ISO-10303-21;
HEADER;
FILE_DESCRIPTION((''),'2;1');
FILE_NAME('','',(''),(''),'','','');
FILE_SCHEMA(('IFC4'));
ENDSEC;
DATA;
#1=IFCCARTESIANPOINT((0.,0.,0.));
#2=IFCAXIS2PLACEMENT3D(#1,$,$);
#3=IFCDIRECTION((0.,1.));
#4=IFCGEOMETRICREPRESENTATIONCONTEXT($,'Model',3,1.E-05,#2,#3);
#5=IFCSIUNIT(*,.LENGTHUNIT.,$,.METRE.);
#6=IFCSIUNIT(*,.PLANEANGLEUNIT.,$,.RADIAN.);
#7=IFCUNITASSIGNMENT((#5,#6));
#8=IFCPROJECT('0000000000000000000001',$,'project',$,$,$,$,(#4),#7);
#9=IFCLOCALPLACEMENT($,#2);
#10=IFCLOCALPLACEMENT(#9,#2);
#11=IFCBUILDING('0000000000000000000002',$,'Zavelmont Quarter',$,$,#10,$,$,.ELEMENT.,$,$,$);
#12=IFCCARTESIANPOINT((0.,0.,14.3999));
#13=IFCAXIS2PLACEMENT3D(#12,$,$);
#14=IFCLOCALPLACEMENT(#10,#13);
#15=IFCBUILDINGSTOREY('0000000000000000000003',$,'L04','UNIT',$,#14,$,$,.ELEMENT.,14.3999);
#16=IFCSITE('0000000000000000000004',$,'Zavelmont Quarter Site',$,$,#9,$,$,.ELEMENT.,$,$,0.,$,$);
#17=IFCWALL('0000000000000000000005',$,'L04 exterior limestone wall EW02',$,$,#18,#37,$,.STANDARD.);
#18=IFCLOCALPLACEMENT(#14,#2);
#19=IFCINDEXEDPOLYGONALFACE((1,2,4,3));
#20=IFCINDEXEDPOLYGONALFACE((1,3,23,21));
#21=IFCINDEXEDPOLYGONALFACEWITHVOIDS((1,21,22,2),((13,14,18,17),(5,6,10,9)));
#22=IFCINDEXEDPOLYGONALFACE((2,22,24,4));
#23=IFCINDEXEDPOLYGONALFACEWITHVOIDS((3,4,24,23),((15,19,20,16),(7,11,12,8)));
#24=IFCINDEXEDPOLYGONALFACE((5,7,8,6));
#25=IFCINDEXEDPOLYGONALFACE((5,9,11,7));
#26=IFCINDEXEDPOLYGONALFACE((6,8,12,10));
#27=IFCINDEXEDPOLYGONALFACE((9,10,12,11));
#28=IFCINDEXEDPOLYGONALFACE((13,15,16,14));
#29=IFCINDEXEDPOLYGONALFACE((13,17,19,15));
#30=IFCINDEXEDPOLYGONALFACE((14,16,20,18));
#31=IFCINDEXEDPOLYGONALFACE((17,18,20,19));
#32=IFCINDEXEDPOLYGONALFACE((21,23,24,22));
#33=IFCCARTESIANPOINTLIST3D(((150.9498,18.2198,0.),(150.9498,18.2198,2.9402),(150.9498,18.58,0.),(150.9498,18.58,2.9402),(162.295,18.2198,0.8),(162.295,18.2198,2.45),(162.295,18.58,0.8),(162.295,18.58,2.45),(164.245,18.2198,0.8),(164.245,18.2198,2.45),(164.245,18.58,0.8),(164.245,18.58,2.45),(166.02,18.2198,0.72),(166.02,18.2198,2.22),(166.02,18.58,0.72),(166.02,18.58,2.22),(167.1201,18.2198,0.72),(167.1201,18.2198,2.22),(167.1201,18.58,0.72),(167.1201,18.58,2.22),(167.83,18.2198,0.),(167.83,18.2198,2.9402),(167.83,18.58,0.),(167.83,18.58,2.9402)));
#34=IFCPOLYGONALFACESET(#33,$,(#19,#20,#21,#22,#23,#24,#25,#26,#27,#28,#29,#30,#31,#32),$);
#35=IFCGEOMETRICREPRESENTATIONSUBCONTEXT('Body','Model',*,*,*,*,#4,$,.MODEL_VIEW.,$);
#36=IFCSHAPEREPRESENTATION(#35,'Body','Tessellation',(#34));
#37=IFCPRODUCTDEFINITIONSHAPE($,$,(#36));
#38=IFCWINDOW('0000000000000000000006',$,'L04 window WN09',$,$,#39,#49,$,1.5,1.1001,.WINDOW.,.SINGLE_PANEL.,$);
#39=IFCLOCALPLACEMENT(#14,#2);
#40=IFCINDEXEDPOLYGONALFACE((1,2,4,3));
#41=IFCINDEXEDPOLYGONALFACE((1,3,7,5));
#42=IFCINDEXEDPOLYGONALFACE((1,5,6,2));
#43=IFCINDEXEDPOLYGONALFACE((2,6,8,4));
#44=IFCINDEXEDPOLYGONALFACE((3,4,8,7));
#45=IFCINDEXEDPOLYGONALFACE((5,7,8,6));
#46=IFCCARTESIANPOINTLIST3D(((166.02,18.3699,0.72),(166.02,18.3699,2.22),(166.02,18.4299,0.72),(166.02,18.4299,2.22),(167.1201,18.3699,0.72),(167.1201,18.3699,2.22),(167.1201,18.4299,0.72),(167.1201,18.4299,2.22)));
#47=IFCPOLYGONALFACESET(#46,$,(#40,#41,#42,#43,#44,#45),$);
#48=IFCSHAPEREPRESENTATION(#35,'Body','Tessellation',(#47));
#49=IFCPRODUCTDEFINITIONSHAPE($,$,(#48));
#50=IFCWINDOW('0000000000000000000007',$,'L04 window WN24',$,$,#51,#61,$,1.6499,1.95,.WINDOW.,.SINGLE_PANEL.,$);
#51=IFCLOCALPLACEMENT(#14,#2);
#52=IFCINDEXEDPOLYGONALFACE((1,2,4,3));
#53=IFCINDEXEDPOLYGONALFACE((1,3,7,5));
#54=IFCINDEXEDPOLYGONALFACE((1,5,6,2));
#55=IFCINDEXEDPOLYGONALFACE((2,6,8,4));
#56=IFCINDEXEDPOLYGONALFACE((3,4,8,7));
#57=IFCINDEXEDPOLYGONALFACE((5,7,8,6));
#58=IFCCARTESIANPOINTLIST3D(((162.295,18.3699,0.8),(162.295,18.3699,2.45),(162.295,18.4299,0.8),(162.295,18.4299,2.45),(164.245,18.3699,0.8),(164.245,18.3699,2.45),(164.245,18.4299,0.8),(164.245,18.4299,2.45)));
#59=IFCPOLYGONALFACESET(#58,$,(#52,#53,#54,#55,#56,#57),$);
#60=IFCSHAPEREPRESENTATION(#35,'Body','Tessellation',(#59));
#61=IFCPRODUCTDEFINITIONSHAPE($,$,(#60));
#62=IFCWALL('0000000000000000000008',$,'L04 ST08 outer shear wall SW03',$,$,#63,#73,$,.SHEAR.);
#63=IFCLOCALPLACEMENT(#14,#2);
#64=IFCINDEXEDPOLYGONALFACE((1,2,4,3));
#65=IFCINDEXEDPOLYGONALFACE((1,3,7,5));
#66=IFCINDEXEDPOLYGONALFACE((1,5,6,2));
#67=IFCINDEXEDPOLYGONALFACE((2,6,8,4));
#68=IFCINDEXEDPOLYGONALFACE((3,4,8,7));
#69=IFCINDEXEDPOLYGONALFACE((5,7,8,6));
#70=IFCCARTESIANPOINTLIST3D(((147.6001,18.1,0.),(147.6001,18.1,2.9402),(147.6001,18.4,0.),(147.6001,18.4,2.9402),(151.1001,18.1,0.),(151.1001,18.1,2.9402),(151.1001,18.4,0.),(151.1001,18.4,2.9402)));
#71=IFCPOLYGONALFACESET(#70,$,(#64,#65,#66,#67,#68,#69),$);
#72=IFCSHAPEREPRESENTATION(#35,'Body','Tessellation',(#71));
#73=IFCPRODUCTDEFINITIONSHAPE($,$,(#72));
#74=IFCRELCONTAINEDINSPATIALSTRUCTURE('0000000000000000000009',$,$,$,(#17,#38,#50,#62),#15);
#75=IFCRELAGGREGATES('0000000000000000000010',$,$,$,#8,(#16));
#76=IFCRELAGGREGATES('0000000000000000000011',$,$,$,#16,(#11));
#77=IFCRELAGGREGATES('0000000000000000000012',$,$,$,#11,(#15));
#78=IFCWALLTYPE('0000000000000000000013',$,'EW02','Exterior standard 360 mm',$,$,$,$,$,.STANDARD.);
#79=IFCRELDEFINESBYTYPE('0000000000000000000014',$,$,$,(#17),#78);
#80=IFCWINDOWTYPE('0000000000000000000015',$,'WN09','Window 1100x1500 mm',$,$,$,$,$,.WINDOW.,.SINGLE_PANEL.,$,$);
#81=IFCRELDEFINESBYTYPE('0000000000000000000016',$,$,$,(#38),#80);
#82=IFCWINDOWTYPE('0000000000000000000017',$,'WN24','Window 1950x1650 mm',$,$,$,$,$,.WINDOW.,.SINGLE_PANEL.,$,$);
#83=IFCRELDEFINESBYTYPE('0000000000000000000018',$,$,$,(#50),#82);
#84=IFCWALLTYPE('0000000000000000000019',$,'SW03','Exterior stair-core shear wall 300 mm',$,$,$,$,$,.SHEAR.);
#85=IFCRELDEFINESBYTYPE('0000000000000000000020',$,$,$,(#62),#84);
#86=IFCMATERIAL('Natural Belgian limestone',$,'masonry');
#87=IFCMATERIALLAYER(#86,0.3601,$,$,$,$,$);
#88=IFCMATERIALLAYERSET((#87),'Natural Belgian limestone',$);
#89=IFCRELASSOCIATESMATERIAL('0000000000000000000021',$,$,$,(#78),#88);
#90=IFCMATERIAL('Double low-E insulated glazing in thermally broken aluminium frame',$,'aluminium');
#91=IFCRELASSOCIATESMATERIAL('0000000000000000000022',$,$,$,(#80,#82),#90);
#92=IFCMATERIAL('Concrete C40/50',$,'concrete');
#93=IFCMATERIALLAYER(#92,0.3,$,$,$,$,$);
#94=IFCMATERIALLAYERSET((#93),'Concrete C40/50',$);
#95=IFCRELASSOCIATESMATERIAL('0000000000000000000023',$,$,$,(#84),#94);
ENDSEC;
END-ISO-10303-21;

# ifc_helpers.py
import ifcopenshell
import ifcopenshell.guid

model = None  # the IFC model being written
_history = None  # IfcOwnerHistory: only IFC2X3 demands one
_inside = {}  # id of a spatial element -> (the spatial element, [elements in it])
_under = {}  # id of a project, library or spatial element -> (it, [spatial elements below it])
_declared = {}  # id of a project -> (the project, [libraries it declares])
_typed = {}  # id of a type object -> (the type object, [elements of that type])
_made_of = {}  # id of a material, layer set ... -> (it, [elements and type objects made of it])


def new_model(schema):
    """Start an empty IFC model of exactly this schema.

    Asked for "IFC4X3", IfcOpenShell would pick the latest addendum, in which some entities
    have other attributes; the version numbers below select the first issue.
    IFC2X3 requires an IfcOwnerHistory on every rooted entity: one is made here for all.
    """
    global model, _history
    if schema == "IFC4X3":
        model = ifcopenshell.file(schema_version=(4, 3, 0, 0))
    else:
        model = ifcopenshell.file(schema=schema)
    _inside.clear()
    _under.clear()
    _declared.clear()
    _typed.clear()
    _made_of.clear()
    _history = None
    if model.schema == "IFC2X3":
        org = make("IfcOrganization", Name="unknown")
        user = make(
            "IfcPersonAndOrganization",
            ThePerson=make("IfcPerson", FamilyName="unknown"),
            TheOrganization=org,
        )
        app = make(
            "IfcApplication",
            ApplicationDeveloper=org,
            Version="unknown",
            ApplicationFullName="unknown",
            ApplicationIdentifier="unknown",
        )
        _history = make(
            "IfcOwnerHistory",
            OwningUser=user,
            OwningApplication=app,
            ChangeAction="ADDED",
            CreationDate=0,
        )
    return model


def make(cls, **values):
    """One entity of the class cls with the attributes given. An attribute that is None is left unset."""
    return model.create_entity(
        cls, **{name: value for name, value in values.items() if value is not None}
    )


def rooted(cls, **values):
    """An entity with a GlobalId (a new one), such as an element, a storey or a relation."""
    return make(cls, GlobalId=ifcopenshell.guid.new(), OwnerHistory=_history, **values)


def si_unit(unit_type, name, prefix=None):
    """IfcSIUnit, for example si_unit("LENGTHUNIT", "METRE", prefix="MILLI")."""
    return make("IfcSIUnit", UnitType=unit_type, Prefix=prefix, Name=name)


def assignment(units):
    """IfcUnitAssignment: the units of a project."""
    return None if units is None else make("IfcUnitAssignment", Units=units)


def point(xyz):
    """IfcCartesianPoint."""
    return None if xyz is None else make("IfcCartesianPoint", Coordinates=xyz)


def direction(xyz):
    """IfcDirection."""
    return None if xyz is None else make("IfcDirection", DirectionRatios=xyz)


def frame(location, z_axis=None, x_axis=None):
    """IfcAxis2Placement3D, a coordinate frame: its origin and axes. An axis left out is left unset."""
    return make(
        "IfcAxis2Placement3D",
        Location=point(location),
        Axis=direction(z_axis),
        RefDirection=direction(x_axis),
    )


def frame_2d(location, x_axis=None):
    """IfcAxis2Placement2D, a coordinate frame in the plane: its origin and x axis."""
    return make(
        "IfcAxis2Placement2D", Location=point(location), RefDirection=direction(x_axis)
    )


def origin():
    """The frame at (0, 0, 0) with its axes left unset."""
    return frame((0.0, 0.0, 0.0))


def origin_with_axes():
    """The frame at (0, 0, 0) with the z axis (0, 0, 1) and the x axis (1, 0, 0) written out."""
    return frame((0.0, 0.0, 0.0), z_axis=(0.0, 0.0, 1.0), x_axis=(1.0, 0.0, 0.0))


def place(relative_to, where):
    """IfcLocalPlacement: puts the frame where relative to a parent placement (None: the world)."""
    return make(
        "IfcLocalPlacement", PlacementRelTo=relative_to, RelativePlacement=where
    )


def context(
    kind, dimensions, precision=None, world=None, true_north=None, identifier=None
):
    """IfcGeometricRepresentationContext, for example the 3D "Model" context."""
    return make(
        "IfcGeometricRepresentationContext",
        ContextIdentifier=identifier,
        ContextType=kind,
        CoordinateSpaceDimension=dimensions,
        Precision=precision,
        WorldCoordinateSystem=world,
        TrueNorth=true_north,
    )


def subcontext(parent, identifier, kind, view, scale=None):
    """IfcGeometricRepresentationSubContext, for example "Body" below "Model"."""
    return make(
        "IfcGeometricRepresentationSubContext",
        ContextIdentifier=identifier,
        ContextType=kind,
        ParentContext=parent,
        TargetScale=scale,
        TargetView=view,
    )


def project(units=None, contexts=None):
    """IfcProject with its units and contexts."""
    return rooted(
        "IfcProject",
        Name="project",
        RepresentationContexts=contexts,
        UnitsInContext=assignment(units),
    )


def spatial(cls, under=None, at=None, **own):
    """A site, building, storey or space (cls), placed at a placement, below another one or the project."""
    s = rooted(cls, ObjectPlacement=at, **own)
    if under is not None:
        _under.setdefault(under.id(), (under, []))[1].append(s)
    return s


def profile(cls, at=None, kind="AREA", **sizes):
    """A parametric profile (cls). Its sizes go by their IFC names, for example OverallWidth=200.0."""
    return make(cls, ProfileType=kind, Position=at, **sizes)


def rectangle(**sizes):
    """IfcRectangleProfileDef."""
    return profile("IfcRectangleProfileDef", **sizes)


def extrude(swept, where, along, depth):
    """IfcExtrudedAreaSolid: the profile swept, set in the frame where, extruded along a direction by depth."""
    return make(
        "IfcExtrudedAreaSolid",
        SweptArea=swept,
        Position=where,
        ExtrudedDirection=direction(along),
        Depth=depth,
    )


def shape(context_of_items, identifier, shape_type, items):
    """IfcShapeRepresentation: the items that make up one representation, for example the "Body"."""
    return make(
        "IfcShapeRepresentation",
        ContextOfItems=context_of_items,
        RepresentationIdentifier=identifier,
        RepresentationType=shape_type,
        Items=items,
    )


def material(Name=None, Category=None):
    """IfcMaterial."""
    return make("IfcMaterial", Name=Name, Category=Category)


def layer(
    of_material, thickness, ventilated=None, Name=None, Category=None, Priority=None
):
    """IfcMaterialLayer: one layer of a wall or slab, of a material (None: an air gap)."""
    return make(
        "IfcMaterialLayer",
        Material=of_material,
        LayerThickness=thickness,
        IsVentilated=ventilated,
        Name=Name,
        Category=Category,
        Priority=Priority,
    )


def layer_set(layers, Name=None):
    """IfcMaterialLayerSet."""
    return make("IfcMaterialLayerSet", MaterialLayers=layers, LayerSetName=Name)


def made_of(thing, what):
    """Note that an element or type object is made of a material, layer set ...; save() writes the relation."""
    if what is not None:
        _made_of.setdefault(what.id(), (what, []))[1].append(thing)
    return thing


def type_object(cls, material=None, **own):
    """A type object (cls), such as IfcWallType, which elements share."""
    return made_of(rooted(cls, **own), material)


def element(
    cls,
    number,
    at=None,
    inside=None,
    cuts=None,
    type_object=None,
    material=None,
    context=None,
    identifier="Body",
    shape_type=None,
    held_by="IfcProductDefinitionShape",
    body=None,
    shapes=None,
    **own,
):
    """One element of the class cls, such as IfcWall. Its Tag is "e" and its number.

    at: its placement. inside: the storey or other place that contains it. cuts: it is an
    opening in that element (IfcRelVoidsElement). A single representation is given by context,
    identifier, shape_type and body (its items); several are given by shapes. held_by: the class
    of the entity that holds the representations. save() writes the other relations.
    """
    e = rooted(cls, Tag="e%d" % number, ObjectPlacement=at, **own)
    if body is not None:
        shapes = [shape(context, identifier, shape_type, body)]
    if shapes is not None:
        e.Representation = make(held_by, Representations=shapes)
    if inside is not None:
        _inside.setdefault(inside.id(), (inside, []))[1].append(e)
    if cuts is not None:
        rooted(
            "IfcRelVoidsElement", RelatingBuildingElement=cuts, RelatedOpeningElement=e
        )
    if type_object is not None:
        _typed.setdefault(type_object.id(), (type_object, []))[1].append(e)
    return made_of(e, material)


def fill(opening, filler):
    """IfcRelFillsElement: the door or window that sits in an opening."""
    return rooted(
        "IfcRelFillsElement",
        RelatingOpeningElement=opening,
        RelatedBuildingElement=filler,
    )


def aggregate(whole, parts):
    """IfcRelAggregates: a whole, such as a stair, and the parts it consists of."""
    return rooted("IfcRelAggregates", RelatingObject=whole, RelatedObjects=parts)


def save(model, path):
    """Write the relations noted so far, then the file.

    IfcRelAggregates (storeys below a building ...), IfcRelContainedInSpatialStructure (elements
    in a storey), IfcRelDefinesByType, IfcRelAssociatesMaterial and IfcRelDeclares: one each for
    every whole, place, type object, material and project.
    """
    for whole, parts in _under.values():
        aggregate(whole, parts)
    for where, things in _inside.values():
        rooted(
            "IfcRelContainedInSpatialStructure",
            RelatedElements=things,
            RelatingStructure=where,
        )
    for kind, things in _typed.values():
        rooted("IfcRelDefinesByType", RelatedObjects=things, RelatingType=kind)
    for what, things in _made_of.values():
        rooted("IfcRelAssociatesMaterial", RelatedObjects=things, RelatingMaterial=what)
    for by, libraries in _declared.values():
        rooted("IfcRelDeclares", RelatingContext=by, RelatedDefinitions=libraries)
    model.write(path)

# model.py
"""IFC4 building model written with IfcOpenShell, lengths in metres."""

from ifc_helpers import new_model, si_unit, direction, frame, frame_2d, origin, origin_with_axes, place, context, subcontext, project, spatial, rectangle, extrude, material, layer, layer_set, type_object, element, fill, save


model = new_model("IFC4")

# Units and contexts
model_context = context("Model", 3, precision=1e-05, world=origin(), true_north=direction((0.0, 1.0)))
body_context = subcontext(model_context, "Body", "Model", "MODEL_VIEW")
ifc_project = project(units=[si_unit("LENGTHUNIT", "METRE"), si_unit("PLANEANGLEUNIT", "RADIAN")], contexts=[model_context])

# Site, building, storey
site_placement = place(None, origin())
site = spatial("IfcSite", under=ifc_project, at=site_placement, Name="Zavelmont Quarter Site", CompositionType="ELEMENT", RefElevation=0.0)
building_placement = place(site_placement, origin())
building = spatial("IfcBuilding", under=site, at=building_placement, Name="Zavelmont Quarter", CompositionType="ELEMENT")
storey_placement = place(building_placement, frame((0.0, 0.0, 14.3999)))
storey = spatial("IfcBuildingStorey", under=building, at=storey_placement, Name="L04", Description="UNIT", CompositionType="ELEMENT", Elevation=14.3999)

# Wall, openings, windows
ifc_material_1 = material(Name="Natural Belgian limestone", Category="masonry")
ifc_layer_1 = layer(ifc_material_1, 0.3601)
ifc_layer_set_1 = layer_set([ifc_layer_1], Name="Natural Belgian limestone")
wall_type_1 = type_object("IfcWallType", Name="EW02", Description="Exterior standard 360 mm", PredefinedType="STANDARD", material=ifc_layer_set_1)
wall_1_placement = place(storey_placement, frame((150.95, 18.3999, 0.0), z_axis=(0.0, 0.0, 1.0), x_axis=(1.0, 0.0, 0.0)))
wall_1 = element("IfcWall", 1, at=wall_1_placement, inside=storey, type_object=wall_type_1, Name="L04 exterior limestone wall EW02", PredefinedType="STANDARD", context=body_context, shape_type="SweptSolid", body=[
    extrude(rectangle(XDim=16.8801, YDim=0.3601, at=frame_2d((8.4399, 0.0))), origin(), (0.0, 0.0, 1.0), 2.9402),
])
opening_1_placement = place(wall_1_placement, frame((11.345, 0.0, 0.8)))
opening_1 = element("IfcOpeningElement", 2, at=opening_1_placement, cuts=wall_1, PredefinedType="OPENING", context=body_context, shape_type="SweptSolid", body=[
    extrude(rectangle(XDim=1.95, YDim=1.6499, at=frame_2d((0.9751, 0.825))), frame((0.0, 0.1919, 0.0), z_axis=(0.0, -1.0, 0.0), x_axis=(1.0, 0.0, 0.0)), (0.0, 0.0, 1.0), 0.384),
])
opening_2_placement = place(wall_1_placement, frame((15.0701, 0.0, 0.72)))
opening_2 = element("IfcOpeningElement", 3, at=opening_2_placement, cuts=wall_1, PredefinedType="OPENING", context=body_context, shape_type="SweptSolid", body=[
    extrude(rectangle(XDim=1.1001, YDim=1.5, at=frame_2d((0.55, 0.75))), frame((0.0, 0.1919, 0.0), z_axis=(0.0, -1.0, 0.0), x_axis=(1.0, 0.0, 0.0)), (0.0, 0.0, 1.0), 0.384),
])
ifc_material_2 = material(Name="Double low-E insulated glazing in thermally broken aluminium frame", Category="aluminium")
window_type_1 = type_object("IfcWindowType", Name="WN09", Description="Window 1100x1500 mm", PartitioningType="SINGLE_PANEL", PredefinedType="WINDOW", material=ifc_material_2)
window_1_placement = place(opening_2_placement, origin_with_axes())
window_1 = element("IfcWindow", 4, at=window_1_placement, inside=storey, type_object=window_type_1, Name="L04 window WN09", OverallHeight=1.5, OverallWidth=1.1001, PartitioningType="SINGLE_PANEL", PredefinedType="WINDOW", context=body_context, shape_type="SweptSolid", body=[
    extrude(rectangle(XDim=1.1001, YDim=1.5, at=frame_2d((0.55, 0.75))), frame((0.0, 0.03, 0.0), z_axis=(0.0, -1.0, 0.0), x_axis=(1.0, 0.0, 0.0)), (0.0, 0.0, 1.0), 0.0601),
])
fill(opening_2, window_1)
window_type_2 = type_object("IfcWindowType", Name="WN24", Description="Window 1950x1650 mm", PartitioningType="SINGLE_PANEL", PredefinedType="WINDOW", material=ifc_material_2)
window_2_placement = place(opening_1_placement, origin_with_axes())
window_2 = element("IfcWindow", 5, at=window_2_placement, inside=storey, type_object=window_type_2, Name="L04 window WN24", OverallHeight=1.6499, OverallWidth=1.95, PartitioningType="SINGLE_PANEL", PredefinedType="WINDOW", context=body_context, shape_type="SweptSolid", body=[
    extrude(rectangle(XDim=1.95, YDim=1.6499, at=frame_2d((0.9751, 0.825))), frame((0.0, 0.03, 0.0), z_axis=(0.0, -1.0, 0.0), x_axis=(1.0, 0.0, 0.0)), (0.0, 0.0, 1.0), 0.0601),
])
fill(opening_1, window_2)

# Wall
ifc_material_3 = material(Name="Concrete C40/50", Category="concrete")
ifc_layer_2 = layer(ifc_material_3, 0.3)
ifc_layer_set_2 = layer_set([ifc_layer_2], Name="Concrete C40/50")
wall_type_2 = type_object("IfcWallType", Name="SW03", Description="Exterior stair-core shear wall 300 mm", PredefinedType="SHEAR", material=ifc_layer_set_2)
wall_2_placement = place(storey_placement, frame((147.6001, 18.25, 0.0), z_axis=(0.0, 0.0, 1.0), x_axis=(1.0, 0.0, 0.0)))
element("IfcWall", 6, at=wall_2_placement, inside=storey, type_object=wall_type_2, Name="L04 ST08 outer shear wall SW03", PredefinedType="SHEAR", context=body_context, shape_type="SweptSolid", body=[
    extrude(rectangle(XDim=3.5, YDim=0.3, at=frame_2d((1.75, 0.0))), origin(), (0.0, 0.0, 1.0), 2.9402),
])

save(model, "model.ifc")
